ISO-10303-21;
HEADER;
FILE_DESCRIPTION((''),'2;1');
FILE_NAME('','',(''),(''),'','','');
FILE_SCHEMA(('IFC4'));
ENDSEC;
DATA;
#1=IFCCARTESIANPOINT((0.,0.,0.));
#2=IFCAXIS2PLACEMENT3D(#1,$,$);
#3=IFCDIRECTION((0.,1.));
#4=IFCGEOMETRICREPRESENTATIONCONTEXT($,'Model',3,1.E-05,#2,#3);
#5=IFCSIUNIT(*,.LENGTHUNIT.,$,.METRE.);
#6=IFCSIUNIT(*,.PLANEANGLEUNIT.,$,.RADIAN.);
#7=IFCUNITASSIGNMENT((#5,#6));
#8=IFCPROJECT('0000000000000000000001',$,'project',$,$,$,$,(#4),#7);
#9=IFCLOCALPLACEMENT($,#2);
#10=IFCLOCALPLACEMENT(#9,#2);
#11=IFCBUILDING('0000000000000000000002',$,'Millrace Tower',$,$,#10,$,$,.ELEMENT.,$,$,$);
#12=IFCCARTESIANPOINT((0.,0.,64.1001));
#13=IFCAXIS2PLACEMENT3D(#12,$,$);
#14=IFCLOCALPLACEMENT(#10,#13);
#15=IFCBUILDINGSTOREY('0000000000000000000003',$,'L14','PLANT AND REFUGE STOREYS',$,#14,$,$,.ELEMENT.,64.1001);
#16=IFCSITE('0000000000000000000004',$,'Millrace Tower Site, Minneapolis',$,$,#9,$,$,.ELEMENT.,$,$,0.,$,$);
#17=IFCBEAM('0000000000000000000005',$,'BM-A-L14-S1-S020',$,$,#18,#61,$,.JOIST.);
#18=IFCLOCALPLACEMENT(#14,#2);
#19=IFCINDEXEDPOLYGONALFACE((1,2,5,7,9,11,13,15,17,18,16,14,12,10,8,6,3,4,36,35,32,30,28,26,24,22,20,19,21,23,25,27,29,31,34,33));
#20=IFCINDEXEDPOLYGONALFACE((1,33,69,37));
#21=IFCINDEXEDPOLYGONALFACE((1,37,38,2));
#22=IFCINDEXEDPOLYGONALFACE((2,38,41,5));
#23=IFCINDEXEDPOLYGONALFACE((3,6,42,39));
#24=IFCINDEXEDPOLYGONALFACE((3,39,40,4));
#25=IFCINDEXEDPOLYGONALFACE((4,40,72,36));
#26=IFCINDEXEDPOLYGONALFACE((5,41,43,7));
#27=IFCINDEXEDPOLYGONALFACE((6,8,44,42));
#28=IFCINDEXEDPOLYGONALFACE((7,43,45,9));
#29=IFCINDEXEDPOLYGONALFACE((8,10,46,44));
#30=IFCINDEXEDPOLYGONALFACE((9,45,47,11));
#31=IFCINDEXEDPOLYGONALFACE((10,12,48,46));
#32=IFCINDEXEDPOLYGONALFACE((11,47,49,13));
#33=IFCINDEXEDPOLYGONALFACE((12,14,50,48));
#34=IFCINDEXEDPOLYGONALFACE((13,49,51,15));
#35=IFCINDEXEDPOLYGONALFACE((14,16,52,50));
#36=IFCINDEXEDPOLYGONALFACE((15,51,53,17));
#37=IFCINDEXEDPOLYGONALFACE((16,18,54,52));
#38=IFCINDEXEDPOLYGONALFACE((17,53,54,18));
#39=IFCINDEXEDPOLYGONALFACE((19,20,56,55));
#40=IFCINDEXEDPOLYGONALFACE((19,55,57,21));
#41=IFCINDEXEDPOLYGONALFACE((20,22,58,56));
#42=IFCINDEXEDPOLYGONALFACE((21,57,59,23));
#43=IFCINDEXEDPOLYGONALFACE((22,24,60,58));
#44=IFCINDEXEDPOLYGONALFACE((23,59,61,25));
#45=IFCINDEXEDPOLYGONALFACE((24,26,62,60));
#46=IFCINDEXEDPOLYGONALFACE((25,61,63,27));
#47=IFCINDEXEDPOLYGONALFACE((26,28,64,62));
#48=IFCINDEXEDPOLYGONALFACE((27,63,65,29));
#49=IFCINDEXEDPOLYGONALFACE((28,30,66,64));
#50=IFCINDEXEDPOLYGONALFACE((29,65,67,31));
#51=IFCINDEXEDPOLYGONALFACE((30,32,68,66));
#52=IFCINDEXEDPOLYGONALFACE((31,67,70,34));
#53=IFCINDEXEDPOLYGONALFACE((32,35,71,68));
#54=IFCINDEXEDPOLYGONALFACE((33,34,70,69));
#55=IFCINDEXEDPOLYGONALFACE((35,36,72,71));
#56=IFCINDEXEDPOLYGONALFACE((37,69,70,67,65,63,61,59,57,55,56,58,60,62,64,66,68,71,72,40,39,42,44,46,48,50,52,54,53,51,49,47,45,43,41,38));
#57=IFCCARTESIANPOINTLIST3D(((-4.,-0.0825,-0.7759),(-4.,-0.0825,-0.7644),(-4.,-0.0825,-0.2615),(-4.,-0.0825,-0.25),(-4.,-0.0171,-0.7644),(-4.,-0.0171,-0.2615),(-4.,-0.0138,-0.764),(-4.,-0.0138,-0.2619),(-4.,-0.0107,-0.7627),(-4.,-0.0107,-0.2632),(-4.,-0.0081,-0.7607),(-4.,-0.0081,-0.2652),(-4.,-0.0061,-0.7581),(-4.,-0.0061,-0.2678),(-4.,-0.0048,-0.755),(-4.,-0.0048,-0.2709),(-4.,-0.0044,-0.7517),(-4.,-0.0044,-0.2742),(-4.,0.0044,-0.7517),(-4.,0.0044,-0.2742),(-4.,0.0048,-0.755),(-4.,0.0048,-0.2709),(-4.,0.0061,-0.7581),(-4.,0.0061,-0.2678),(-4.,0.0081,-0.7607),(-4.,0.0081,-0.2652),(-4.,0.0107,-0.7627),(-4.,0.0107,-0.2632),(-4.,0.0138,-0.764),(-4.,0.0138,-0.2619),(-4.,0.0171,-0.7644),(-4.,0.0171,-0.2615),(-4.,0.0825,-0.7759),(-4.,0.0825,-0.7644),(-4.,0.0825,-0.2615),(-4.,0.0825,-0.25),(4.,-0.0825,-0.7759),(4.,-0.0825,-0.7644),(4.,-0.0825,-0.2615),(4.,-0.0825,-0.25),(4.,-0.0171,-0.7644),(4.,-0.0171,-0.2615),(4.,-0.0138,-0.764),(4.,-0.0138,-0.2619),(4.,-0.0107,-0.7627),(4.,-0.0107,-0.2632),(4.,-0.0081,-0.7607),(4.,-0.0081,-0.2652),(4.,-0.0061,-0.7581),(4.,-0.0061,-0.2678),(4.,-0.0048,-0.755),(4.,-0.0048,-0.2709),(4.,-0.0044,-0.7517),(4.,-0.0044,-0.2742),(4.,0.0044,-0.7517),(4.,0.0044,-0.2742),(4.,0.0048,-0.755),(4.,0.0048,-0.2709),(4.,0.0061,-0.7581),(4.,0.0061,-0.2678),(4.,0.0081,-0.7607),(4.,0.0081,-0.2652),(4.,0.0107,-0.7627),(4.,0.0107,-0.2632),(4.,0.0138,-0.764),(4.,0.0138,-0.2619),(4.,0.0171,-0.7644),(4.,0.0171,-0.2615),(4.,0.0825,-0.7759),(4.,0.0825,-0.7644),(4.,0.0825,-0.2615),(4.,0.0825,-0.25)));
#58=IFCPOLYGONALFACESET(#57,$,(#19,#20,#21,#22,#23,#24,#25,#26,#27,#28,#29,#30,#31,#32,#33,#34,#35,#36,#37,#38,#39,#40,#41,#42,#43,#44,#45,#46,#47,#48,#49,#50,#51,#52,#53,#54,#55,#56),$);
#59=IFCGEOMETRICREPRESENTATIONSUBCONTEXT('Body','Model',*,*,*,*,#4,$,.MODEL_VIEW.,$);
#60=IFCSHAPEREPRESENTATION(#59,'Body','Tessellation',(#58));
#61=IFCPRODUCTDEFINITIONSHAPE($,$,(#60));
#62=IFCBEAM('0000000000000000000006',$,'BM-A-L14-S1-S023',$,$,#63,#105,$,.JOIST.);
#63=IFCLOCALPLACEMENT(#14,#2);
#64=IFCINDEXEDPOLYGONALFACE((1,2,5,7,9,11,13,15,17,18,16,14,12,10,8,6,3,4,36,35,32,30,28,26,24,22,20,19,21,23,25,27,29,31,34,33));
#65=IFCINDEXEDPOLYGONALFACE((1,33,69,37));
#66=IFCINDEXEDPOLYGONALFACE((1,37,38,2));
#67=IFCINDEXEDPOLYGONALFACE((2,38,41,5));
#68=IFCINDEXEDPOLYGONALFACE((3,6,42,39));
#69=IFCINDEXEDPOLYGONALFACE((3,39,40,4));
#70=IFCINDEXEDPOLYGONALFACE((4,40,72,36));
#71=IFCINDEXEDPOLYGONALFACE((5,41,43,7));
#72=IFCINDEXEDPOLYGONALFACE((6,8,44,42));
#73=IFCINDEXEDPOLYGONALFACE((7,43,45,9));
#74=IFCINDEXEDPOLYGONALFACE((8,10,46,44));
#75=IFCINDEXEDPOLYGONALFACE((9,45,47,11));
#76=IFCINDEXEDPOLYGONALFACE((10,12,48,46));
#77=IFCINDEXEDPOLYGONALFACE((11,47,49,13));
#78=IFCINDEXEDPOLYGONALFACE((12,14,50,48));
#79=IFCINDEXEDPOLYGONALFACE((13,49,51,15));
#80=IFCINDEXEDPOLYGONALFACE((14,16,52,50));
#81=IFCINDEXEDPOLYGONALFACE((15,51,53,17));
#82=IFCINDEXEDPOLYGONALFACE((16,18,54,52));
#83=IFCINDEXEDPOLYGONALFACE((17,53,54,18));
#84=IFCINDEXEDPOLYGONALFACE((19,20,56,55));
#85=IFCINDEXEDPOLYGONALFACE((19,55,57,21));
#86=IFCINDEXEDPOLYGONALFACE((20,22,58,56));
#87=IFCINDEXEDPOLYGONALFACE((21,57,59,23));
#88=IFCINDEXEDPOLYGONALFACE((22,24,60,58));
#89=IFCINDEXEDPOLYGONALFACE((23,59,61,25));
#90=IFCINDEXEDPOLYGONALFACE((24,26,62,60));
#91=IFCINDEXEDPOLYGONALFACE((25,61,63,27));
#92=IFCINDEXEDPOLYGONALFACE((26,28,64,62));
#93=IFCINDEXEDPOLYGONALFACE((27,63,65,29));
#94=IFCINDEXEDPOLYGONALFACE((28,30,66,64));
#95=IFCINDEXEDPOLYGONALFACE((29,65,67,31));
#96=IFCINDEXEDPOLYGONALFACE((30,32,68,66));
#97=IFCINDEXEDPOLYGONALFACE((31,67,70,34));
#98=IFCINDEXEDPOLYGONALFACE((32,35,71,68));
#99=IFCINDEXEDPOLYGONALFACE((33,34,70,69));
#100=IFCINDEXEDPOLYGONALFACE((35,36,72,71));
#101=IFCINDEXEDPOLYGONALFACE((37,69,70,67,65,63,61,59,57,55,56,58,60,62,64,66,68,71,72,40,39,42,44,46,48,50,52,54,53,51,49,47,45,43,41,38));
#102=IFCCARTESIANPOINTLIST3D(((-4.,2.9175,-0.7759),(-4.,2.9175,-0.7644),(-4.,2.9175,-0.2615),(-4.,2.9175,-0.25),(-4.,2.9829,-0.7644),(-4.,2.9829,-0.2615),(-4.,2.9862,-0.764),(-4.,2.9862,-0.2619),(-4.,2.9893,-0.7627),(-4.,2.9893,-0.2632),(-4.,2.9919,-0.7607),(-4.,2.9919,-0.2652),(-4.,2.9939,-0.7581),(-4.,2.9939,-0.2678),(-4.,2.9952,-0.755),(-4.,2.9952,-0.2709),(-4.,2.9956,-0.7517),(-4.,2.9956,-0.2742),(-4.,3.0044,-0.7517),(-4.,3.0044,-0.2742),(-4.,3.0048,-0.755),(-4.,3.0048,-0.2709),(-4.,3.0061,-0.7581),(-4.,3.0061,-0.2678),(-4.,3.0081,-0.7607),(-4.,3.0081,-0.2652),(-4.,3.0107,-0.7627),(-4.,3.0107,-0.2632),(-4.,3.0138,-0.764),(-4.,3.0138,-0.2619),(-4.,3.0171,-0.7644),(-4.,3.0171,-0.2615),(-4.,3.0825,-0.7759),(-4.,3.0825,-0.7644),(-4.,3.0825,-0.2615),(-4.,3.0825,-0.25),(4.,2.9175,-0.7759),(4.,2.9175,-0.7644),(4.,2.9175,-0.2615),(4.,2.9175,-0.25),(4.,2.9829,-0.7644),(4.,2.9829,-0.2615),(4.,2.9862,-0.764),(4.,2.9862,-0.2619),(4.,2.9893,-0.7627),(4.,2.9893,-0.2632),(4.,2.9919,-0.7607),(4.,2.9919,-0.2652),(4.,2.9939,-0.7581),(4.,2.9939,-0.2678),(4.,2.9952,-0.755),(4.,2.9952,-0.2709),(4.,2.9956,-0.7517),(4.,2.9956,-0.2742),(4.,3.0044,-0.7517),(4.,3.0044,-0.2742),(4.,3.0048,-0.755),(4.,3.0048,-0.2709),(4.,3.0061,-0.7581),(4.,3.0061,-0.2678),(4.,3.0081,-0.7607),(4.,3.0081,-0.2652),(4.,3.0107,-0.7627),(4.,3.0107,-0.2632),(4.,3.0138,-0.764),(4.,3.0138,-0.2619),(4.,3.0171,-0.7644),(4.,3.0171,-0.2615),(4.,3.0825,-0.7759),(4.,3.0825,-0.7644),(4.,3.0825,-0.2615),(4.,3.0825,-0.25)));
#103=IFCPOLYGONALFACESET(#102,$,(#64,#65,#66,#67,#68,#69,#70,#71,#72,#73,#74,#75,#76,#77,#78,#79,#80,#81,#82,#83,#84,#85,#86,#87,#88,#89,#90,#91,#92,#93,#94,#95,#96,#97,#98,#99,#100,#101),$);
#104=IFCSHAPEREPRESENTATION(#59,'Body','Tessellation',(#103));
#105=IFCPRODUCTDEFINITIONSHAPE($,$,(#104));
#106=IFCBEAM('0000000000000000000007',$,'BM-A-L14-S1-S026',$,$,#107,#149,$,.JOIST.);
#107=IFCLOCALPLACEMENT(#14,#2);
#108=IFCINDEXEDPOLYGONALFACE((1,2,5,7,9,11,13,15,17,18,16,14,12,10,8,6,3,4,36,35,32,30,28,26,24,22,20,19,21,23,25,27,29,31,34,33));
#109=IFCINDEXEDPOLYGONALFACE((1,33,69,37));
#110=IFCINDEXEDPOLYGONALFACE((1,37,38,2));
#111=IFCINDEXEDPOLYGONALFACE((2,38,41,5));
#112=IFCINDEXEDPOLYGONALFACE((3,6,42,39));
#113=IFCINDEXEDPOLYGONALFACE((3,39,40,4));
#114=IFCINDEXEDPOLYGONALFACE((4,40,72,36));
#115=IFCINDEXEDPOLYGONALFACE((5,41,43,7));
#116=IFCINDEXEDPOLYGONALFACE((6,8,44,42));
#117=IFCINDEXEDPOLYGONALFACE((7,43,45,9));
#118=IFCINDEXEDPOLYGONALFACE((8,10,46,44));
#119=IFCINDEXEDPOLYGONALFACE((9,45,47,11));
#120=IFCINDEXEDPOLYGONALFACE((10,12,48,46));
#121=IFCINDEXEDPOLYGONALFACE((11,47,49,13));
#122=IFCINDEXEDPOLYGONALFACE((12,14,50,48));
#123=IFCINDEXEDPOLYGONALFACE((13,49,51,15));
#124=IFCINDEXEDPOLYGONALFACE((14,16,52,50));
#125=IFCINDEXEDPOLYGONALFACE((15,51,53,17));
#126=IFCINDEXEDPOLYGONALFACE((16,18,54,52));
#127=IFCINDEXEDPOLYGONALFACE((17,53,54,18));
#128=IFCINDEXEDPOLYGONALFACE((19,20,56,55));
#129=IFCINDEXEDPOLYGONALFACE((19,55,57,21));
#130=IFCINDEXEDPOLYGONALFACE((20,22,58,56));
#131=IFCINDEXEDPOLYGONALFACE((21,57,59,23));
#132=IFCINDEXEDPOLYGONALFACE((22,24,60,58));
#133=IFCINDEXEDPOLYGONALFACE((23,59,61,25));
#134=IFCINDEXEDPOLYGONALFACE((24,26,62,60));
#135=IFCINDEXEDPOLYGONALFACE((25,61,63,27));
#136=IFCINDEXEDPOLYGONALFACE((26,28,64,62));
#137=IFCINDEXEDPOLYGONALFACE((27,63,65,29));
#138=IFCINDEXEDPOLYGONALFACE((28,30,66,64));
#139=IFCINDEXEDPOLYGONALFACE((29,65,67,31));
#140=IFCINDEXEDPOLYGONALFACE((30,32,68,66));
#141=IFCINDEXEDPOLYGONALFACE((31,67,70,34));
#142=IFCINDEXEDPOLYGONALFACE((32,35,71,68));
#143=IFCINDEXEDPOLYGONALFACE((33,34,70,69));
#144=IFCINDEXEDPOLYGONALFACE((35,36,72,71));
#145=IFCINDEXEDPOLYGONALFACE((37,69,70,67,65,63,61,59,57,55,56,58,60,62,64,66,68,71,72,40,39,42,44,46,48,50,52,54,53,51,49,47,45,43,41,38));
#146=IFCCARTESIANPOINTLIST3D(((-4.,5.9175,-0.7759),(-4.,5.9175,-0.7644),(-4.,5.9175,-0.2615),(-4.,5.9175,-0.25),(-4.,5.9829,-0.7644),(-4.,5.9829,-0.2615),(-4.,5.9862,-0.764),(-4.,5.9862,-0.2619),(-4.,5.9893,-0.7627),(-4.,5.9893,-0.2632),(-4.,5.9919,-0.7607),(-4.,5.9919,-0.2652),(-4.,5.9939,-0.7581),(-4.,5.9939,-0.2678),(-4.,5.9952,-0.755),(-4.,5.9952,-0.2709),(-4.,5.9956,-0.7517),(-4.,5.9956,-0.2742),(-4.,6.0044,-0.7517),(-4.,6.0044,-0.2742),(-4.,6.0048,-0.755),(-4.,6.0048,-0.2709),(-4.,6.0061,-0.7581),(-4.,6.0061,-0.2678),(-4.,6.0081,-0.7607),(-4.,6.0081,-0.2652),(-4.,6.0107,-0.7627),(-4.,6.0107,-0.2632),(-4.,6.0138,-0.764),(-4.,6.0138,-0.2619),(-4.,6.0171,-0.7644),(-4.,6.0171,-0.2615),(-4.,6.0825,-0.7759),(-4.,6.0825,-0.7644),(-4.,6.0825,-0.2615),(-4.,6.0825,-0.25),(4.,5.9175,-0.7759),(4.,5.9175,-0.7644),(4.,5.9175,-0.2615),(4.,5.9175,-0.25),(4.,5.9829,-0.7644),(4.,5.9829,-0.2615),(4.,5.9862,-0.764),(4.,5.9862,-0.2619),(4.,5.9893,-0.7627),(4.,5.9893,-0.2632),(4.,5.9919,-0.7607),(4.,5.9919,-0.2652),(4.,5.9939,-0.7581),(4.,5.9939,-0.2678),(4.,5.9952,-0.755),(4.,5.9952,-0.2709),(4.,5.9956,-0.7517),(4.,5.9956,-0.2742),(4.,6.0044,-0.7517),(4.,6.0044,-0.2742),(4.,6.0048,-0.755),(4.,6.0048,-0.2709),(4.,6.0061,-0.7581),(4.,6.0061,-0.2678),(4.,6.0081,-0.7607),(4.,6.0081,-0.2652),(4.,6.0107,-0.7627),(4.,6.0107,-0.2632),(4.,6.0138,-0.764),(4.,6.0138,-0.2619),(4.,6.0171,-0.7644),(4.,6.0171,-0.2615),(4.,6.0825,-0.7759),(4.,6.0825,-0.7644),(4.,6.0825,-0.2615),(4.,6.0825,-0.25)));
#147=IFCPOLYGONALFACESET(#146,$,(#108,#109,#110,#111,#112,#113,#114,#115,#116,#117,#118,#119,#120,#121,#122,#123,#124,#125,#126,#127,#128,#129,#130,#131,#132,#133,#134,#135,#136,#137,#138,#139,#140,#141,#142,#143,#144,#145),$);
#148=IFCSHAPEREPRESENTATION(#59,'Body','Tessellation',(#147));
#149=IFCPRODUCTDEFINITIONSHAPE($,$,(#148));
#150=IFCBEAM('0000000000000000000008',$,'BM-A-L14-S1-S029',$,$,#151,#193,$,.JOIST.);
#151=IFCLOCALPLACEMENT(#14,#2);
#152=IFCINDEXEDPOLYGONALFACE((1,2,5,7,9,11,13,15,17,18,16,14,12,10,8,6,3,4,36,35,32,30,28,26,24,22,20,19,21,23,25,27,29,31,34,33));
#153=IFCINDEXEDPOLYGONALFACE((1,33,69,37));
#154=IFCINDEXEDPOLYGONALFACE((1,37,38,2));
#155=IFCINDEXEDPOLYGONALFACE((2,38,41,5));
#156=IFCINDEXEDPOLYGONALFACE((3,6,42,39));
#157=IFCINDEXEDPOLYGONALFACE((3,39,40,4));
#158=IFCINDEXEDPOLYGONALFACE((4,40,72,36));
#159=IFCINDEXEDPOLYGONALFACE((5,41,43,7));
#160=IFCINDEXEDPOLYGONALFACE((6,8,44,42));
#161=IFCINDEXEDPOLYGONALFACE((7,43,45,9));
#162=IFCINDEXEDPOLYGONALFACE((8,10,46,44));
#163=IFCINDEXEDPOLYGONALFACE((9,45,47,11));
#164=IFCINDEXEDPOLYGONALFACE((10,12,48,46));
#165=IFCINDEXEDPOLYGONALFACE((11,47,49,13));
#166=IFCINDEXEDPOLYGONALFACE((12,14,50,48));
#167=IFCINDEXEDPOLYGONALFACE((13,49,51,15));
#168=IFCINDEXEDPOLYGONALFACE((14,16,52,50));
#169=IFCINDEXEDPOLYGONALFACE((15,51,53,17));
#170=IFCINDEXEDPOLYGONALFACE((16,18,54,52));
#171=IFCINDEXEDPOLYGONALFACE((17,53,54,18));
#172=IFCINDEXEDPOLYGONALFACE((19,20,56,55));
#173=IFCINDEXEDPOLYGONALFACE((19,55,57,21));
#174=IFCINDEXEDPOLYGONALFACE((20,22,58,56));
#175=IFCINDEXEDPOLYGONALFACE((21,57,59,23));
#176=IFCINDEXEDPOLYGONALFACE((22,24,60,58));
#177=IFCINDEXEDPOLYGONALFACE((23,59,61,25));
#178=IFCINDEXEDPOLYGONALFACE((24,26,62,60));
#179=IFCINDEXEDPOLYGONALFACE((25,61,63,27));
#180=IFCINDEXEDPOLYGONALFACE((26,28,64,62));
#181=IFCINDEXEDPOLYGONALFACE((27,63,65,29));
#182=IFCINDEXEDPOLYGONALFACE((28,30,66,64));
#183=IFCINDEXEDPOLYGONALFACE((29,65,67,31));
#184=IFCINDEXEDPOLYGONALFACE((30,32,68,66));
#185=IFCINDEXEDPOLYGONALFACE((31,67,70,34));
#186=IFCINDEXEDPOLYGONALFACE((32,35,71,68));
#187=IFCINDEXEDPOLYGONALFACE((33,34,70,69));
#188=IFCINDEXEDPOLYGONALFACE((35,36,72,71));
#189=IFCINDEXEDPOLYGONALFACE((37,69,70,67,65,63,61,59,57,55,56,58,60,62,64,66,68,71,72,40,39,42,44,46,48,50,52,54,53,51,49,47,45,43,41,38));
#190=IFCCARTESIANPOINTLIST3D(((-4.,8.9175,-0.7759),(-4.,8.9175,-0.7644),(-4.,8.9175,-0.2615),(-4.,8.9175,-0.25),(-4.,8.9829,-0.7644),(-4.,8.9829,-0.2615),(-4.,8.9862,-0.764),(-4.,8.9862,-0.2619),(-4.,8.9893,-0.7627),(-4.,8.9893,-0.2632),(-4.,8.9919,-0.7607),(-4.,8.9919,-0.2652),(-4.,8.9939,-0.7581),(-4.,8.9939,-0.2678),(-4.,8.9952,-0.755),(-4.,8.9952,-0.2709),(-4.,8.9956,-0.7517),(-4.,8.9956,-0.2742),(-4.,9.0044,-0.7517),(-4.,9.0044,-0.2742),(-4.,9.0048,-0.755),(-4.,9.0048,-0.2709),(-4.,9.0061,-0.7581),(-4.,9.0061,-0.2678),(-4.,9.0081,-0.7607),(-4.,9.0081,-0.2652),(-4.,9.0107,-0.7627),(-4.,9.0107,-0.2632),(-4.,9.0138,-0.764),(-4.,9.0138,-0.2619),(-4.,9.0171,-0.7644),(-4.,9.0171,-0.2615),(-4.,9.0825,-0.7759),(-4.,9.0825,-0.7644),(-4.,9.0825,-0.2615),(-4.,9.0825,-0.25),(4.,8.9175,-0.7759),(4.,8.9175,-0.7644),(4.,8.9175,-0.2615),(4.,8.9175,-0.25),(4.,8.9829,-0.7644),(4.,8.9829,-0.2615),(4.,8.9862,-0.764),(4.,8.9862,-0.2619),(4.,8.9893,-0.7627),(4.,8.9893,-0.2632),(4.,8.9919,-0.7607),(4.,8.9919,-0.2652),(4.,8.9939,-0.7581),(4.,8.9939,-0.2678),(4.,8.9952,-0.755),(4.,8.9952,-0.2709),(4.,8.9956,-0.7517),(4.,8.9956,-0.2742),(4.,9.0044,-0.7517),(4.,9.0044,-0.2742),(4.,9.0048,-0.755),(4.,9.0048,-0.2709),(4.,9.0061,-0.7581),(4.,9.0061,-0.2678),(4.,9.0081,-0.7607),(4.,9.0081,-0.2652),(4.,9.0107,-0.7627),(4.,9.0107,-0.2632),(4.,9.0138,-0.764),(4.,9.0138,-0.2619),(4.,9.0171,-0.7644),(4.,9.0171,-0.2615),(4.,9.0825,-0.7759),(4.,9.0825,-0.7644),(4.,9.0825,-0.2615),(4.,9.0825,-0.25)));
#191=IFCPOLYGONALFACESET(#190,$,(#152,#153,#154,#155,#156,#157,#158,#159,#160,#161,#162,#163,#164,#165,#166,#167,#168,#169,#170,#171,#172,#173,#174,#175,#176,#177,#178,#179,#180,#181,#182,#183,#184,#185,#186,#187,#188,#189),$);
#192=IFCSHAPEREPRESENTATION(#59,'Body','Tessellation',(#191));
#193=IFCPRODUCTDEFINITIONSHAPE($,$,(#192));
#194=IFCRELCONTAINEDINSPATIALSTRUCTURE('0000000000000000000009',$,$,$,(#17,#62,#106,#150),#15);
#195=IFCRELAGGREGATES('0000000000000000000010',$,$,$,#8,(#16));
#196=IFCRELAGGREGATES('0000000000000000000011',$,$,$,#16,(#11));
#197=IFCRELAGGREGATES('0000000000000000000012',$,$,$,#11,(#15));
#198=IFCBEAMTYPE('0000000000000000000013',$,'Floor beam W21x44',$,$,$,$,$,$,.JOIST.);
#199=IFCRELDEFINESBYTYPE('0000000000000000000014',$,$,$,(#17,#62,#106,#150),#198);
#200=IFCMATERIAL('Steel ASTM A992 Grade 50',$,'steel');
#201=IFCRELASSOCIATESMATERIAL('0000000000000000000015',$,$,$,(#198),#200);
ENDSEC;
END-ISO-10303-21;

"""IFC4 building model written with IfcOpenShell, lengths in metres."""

from ifc_helpers import new_model, si_unit, direction, frame, origin, origin_2d, place, context, subcontext, project, spatial, i_section, extrude, material, material_profile, profile_set, type_object, element, save


model = new_model("IFC4")

# Units and contexts
model_context = context("Model", 3, precision=1e-05, world=origin(), true_north=direction((0.0, 1.0)))
body_context = subcontext(model_context, "Body", "Model", "MODEL_VIEW")
ifc_project = project(units=[si_unit("LENGTHUNIT", "METRE"), si_unit("PLANEANGLEUNIT", "RADIAN")], contexts=[model_context])

# Site, building, storey
site_placement = place(None, origin())
site = spatial("IfcSite", under=ifc_project, at=site_placement, Name="Millrace Tower Site, Minneapolis", CompositionType="ELEMENT", RefElevation=0.0)
building_placement = place(site_placement, origin())
building = spatial("IfcBuilding", under=site, at=building_placement, Name="Millrace Tower", CompositionType="ELEMENT")
storey_placement = place(building_placement, frame((0.0, 0.0, 64.1001)))
storey = spatial("IfcBuildingStorey", under=building, at=storey_placement, Name="L14", Description="PLANT AND REFUGE STOREYS", CompositionType="ELEMENT", Elevation=64.1001)

# Beams
ifc_material_1 = material(Name="Steel ASTM A992 Grade 50", Category="steel")
ifc_material_profile_1 = material_profile(ifc_material_1, i_section(OverallWidth=0.165, OverallDepth=0.5259, WebThickness=0.0088, FlangeThickness=0.0115, FilletRadius=0.0127, at=origin_2d()))
ifc_profile_set_1 = profile_set([ifc_material_profile_1], Name="Steel ASTM A992 Grade 50")
beam_type_1 = type_object("IfcBeamType", Name="Floor beam W21x44", PredefinedType="JOIST", material=ifc_profile_set_1)
for number, where, z_axis, x_axis, name in (
    (1, (-4.0, 0.0, -0.5129), (1.0, 0.0, 0.0), (0.0, 1.0, 0.0), "BM-A-L14-S1-S020"),
    (2, (-4.0, 3.0, -0.5129), (1.0, 0.0, 0.0), (0.0, 1.0, 0.0), "BM-A-L14-S1-S023"),
    (3, (-4.0, 6.0, -0.5129), (1.0, 0.0, 0.0), (0.0, 1.0, 0.0), "BM-A-L14-S1-S026"),
    (4, (-4.0, 9.0, -0.5129), (1.0, 0.0, 0.0), (0.0, 1.0, 0.0), "BM-A-L14-S1-S029"),
):
    element("IfcBeam", number, at=place(storey_placement, frame(where, z_axis=z_axis, x_axis=x_axis)), inside=storey, type_object=beam_type_1, Name=name, PredefinedType="JOIST", context=body_context, shape_type="SweptSolid", body=[
        extrude(i_section(OverallWidth=0.165, OverallDepth=0.5259, WebThickness=0.0088, FlangeThickness=0.0115, FilletRadius=0.0127, at=origin_2d()), origin(), (0.0, 0.0, 1.0), 8.0),
    ])

save(model, "model.ifc")
